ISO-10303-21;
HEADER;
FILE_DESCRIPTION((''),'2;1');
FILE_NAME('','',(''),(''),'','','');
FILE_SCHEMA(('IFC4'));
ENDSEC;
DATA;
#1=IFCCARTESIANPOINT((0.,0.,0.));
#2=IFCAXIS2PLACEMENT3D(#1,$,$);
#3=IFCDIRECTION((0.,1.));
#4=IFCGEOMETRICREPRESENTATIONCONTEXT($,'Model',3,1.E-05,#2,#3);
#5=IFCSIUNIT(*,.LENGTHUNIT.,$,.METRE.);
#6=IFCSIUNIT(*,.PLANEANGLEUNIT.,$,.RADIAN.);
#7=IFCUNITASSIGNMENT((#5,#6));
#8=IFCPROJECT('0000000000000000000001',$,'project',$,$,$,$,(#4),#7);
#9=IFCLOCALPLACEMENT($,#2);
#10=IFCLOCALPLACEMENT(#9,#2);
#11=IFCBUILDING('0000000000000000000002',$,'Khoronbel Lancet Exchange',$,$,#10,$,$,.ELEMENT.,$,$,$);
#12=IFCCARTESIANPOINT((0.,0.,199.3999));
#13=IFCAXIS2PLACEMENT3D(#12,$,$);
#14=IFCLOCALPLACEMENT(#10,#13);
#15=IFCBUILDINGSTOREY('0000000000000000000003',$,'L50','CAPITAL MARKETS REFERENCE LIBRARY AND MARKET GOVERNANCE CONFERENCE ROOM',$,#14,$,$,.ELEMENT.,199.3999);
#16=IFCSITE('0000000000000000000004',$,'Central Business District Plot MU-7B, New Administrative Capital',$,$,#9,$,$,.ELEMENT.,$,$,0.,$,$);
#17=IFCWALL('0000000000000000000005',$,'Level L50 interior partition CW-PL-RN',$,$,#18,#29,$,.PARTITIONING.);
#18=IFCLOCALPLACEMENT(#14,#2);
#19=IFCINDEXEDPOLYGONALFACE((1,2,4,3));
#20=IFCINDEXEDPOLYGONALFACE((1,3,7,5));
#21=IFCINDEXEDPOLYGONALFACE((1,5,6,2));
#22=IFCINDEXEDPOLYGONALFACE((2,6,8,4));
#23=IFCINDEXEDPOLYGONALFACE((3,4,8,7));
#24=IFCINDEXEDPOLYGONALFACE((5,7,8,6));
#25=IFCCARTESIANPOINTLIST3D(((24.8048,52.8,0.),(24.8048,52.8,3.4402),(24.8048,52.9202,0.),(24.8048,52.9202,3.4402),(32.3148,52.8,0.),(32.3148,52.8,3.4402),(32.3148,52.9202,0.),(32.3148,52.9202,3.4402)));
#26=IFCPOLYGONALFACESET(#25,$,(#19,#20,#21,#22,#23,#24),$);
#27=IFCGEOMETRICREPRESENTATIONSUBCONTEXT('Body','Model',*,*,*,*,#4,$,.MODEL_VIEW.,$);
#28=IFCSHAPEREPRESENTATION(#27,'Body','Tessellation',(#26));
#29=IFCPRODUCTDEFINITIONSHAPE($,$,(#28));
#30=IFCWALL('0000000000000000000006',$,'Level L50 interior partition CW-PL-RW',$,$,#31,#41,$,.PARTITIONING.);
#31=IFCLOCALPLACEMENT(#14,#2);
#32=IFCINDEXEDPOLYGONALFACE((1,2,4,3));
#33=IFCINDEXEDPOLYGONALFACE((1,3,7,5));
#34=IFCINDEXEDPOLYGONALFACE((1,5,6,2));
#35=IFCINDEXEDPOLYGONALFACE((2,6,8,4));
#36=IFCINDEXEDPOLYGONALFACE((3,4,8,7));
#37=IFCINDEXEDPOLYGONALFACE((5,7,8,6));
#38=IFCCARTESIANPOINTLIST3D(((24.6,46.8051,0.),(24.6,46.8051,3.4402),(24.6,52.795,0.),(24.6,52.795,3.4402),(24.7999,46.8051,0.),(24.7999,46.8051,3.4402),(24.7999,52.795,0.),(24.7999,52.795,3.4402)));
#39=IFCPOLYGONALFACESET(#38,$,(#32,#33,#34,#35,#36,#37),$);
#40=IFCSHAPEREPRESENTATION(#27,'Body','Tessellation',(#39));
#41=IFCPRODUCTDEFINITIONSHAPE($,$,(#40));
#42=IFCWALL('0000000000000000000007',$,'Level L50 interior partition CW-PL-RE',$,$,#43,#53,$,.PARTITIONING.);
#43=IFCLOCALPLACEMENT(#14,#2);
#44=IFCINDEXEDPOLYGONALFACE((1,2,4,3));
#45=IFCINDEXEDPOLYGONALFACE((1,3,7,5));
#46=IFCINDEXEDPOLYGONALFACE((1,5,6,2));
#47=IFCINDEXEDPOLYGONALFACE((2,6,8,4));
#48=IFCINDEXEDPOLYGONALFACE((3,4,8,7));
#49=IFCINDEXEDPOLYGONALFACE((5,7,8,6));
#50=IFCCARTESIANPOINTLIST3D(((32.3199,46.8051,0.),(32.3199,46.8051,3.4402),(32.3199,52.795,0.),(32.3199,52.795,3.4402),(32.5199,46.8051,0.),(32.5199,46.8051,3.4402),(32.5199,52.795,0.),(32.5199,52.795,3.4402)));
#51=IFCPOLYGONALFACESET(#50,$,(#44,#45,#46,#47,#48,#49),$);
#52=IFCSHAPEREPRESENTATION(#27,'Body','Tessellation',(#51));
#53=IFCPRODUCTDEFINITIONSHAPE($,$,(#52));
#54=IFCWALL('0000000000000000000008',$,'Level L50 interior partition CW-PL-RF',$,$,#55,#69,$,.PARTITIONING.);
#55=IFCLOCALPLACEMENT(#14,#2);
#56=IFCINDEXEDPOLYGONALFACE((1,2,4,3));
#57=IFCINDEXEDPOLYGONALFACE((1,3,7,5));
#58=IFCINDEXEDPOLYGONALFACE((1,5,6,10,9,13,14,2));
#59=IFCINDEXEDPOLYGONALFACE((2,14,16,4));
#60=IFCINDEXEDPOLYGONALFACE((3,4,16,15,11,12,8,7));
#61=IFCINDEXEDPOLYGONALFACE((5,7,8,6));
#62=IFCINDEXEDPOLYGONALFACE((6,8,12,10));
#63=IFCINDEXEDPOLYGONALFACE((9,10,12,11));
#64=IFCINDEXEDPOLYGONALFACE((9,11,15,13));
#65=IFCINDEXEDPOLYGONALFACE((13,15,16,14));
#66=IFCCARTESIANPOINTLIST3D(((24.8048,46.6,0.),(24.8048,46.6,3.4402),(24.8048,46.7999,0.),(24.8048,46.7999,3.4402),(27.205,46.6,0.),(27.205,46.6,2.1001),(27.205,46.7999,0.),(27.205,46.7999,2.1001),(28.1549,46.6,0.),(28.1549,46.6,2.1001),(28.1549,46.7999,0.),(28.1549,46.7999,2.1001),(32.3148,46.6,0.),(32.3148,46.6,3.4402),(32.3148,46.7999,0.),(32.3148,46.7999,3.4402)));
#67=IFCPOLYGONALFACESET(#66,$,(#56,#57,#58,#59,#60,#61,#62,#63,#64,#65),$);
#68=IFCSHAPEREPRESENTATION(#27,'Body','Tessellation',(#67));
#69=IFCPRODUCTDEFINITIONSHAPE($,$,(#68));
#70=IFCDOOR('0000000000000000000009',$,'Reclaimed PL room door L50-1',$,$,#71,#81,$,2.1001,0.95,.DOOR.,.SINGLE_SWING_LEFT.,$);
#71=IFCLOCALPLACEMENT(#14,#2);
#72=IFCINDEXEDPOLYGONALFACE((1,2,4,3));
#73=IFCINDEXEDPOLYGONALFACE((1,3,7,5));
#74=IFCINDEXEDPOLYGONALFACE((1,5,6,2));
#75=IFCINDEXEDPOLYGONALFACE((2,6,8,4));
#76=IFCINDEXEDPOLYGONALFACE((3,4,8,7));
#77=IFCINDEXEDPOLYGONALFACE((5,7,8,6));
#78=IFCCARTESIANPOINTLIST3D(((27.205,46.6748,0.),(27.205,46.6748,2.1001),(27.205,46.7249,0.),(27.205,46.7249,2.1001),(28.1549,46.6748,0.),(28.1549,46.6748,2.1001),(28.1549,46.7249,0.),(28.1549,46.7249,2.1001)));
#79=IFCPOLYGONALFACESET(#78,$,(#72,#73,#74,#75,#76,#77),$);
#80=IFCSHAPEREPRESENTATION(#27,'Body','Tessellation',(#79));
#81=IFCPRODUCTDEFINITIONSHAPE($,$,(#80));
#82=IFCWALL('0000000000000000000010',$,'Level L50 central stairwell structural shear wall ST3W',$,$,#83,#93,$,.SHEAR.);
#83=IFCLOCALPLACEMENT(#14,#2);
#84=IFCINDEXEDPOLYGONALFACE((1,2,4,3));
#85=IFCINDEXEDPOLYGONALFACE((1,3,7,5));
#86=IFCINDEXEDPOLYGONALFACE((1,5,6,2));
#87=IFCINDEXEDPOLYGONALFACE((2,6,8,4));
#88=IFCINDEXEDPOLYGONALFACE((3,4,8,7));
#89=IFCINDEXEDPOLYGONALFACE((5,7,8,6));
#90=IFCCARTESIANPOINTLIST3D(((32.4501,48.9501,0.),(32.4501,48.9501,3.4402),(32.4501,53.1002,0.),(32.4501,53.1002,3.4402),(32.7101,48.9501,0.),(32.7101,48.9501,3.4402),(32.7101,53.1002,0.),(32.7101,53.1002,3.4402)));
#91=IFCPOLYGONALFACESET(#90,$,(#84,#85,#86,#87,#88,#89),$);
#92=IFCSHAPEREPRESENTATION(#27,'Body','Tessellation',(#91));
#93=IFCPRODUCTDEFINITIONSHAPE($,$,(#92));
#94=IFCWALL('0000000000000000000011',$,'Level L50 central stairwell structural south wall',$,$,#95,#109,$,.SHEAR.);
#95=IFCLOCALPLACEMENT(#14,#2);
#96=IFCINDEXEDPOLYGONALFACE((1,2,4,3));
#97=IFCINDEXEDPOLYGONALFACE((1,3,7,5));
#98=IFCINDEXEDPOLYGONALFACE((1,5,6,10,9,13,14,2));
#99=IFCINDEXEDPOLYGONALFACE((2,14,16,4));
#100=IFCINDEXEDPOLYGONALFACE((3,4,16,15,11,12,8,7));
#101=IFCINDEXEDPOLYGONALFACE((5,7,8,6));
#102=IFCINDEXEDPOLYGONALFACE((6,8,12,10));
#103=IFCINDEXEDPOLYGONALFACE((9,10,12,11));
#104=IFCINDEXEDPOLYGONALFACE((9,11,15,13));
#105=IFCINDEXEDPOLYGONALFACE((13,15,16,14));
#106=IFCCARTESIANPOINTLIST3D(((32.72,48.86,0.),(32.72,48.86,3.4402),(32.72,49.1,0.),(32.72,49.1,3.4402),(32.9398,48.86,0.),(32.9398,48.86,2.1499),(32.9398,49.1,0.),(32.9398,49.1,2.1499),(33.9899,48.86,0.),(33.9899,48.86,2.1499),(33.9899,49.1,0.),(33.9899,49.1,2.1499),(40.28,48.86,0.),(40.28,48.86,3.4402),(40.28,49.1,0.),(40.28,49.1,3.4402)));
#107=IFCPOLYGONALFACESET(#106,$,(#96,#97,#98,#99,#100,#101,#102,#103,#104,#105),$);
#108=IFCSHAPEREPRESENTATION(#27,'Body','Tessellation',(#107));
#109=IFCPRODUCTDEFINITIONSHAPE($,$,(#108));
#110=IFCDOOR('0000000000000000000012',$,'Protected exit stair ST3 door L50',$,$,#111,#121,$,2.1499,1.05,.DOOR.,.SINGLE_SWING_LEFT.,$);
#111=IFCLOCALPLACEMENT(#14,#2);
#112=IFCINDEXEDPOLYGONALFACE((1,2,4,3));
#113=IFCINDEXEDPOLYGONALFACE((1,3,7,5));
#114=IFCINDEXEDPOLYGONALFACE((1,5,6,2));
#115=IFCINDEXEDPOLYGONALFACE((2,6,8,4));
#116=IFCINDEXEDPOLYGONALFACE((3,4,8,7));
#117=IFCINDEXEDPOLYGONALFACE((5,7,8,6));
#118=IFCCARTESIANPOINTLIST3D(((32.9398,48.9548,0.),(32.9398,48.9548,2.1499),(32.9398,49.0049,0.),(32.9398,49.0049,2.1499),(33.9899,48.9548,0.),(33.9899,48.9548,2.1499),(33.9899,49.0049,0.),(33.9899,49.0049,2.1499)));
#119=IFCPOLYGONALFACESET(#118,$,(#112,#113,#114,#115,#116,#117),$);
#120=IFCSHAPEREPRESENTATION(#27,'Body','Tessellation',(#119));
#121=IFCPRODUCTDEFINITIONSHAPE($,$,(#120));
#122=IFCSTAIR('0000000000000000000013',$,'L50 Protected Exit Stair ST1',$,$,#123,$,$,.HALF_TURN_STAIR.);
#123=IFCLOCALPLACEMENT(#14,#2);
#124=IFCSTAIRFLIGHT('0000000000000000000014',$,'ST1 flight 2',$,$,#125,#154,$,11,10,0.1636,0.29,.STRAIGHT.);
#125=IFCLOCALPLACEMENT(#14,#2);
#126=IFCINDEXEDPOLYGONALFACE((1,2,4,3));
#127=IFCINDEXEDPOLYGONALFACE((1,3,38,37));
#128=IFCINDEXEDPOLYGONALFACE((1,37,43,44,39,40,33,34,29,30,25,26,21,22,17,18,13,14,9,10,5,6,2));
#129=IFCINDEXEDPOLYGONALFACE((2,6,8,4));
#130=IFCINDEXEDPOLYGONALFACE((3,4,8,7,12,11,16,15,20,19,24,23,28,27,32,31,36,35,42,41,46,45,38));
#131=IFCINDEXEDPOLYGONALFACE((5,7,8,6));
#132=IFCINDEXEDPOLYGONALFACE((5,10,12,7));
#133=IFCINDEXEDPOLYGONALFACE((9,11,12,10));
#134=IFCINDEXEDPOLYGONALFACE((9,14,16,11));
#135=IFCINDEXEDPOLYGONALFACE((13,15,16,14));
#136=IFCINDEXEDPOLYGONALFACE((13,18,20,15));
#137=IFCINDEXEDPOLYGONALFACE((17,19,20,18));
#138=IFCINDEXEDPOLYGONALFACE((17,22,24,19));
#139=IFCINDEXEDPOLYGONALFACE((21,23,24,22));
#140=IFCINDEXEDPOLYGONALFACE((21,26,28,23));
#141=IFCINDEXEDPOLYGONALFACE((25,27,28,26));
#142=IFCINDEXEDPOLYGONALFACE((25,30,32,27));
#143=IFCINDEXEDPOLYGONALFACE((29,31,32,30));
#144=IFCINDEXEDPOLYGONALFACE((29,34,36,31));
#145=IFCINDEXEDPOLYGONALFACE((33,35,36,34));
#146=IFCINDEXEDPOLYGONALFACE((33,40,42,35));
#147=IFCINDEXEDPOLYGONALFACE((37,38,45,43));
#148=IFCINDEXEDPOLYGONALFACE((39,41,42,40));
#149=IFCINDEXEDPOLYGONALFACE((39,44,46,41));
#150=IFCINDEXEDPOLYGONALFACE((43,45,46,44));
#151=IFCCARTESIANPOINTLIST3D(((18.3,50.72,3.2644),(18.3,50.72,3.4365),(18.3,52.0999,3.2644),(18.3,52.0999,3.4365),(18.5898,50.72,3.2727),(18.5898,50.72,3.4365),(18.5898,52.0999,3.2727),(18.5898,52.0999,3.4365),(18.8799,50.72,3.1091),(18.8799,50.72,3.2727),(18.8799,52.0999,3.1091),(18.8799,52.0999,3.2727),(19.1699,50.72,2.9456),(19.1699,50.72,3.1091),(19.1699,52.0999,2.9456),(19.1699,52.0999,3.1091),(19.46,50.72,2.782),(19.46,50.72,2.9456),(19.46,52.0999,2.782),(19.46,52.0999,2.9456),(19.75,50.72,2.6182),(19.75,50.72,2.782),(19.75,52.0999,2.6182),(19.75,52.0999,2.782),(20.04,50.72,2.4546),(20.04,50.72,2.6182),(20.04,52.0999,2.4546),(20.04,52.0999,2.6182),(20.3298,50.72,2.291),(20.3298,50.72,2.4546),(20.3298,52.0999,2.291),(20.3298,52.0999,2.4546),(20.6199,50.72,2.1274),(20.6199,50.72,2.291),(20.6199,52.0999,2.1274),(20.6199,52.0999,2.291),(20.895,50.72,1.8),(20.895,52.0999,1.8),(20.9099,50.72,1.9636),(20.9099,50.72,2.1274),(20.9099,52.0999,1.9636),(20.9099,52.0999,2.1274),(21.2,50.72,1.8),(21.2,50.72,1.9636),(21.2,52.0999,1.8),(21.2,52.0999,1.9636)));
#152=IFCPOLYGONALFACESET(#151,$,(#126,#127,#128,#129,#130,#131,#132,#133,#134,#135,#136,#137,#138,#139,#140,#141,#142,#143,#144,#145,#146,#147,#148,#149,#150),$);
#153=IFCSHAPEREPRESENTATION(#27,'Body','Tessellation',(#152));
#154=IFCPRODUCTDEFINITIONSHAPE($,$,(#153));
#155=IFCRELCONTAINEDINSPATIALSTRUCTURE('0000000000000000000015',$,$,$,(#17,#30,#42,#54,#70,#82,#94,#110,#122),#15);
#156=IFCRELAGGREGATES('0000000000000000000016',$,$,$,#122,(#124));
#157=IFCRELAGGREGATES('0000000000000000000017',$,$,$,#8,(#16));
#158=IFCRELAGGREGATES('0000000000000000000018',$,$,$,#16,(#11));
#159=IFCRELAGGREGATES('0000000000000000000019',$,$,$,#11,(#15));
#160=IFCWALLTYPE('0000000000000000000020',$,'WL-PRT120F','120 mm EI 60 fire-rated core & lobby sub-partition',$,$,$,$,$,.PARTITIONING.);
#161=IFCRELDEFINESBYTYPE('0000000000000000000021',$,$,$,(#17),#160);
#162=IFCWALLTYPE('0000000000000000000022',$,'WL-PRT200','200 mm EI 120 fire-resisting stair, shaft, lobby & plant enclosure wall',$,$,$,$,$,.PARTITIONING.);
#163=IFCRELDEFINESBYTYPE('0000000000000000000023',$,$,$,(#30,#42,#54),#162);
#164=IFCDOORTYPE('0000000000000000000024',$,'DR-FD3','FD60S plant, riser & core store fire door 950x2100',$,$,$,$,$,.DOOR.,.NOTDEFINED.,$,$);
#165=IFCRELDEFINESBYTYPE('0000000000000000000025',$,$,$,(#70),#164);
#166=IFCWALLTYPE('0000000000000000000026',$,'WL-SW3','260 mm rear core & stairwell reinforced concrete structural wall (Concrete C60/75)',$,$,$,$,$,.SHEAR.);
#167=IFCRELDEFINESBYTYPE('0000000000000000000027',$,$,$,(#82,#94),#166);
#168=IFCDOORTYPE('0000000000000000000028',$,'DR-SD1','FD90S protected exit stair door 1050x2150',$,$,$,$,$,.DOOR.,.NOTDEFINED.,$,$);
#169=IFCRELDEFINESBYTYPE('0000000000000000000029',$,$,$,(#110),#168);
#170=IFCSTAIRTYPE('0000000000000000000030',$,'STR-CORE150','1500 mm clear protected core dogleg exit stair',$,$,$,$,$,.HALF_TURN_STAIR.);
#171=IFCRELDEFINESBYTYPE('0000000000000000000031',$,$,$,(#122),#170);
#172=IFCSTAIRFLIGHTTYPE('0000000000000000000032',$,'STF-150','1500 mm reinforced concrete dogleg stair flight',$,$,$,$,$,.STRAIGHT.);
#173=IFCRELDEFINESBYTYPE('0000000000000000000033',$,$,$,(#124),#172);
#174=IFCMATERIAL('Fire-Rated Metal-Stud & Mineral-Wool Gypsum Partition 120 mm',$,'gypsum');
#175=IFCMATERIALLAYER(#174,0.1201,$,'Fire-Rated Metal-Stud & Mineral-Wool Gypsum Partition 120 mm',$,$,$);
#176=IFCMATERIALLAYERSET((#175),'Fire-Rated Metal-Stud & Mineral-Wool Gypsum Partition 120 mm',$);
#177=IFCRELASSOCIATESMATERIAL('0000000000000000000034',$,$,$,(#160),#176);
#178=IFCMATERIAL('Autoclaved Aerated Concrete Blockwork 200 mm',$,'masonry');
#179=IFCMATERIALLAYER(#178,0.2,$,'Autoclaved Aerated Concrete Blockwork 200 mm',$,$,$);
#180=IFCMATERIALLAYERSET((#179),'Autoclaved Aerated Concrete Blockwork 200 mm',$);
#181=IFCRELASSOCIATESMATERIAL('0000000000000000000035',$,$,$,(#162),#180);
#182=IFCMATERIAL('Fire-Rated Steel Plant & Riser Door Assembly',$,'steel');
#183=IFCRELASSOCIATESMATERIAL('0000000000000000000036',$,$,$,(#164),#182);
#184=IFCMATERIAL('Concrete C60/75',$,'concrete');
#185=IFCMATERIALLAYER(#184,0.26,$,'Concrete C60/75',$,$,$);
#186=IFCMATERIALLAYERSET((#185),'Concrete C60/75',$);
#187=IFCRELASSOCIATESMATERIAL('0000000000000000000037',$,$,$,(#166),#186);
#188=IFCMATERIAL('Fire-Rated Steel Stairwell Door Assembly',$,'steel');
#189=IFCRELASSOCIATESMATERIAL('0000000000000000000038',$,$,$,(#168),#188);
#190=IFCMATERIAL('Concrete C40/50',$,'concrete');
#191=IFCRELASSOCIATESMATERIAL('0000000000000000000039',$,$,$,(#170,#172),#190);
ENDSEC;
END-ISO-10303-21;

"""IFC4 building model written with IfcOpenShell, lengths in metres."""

from ifc_helpers import new_model, si_unit, direction, frame, frame_2d, origin, place, context, subcontext, project, spatial, polyline, rectangle, outline, extrude, material, layer, layer_set, type_object, element, fill, aggregate, save


model = new_model("IFC4")

# Units and contexts
model_context = context("Model", 3, precision=1e-05, world=origin(), true_north=direction((0.0, 1.0)))
body_context = subcontext(model_context, "Body", "Model", "MODEL_VIEW")
ifc_project = project(units=[si_unit("LENGTHUNIT", "METRE"), si_unit("PLANEANGLEUNIT", "RADIAN")], contexts=[model_context])

# Site, building, storey
site_placement = place(None, origin())
site = spatial("IfcSite", under=ifc_project, at=site_placement, Name="Central Business District Plot MU-7B, New Administrative Capital", CompositionType="ELEMENT", RefElevation=0.0)
building_placement = place(site_placement, origin())
building = spatial("IfcBuilding", under=site, at=building_placement, Name="Khoronbel Lancet Exchange", CompositionType="ELEMENT")
storey_placement = place(building_placement, frame((0.0, 0.0, 199.3999)))
storey = spatial("IfcBuildingStorey", under=building, at=storey_placement, Name="L50", Description="CAPITAL MARKETS REFERENCE LIBRARY AND MARKET GOVERNANCE CONFERENCE ROOM", CompositionType="ELEMENT", Elevation=199.3999)

# Walls
ifc_material_1 = material(Name="Fire-Rated Metal-Stud & Mineral-Wool Gypsum Partition 120 mm", Category="gypsum")
ifc_layer_1 = layer(ifc_material_1, 0.1201, Name="Fire-Rated Metal-Stud & Mineral-Wool Gypsum Partition 120 mm")
ifc_layer_set_1 = layer_set([ifc_layer_1], Name="Fire-Rated Metal-Stud & Mineral-Wool Gypsum Partition 120 mm")
wall_type_1 = type_object("IfcWallType", Name="WL-PRT120F", Description="120 mm EI 60 fire-rated core & lobby sub-partition", PredefinedType="PARTITIONING", material=ifc_layer_set_1)
wall_1_placement = place(storey_placement, frame((24.8049, 52.8601, 0.0), z_axis=(0.0, 0.0, 1.0), x_axis=(1.0, 0.0, 0.0)))
element("IfcWall", 1, at=wall_1_placement, inside=storey, type_object=wall_type_1, Name="Level L50 interior partition CW-PL-RN", PredefinedType="PARTITIONING", context=body_context, shape_type="SweptSolid", body=[
    extrude(rectangle(XDim=7.51, YDim=0.1201, at=frame_2d((3.7549, 0.0))), origin(), (0.0, 0.0, 1.0), 3.4402),
])
ifc_material_2 = material(Name="Autoclaved Aerated Concrete Blockwork 200 mm", Category="masonry")
ifc_layer_2 = layer(ifc_material_2, 0.2, Name="Autoclaved Aerated Concrete Blockwork 200 mm")
ifc_layer_set_2 = layer_set([ifc_layer_2], Name="Autoclaved Aerated Concrete Blockwork 200 mm")
wall_type_2 = type_object("IfcWallType", Name="WL-PRT200", Description="200 mm EI 120 fire-resisting stair, shaft, lobby & plant enclosure wall", PredefinedType="PARTITIONING", material=ifc_layer_set_2)
for number, where, z_axis, x_axis, name in (
    (2, (24.7, 46.8049, 0.0), (0.0, 0.0, 1.0), (0.0, 1.0, 0.0), "Level L50 interior partition CW-PL-RW"),
    (3, (32.4199, 46.8049, 0.0), (0.0, 0.0, 1.0), (0.0, 1.0, 0.0), "Level L50 interior partition CW-PL-RE"),
):
    element("IfcWall", number, at=place(storey_placement, frame(where, z_axis=z_axis, x_axis=x_axis)), inside=storey, type_object=wall_type_2, Name=name, PredefinedType="PARTITIONING", context=body_context, shape_type="SweptSolid", body=[
        extrude(rectangle(XDim=5.99, YDim=0.2, at=frame_2d((2.9951, 0.0))), origin(), (0.0, 0.0, 1.0), 3.4402),
    ])

# Wall, opening, door
wall_2_placement = place(storey_placement, frame((24.8049, 46.7, 0.0), z_axis=(0.0, 0.0, 1.0), x_axis=(1.0, 0.0, 0.0)))
wall_2 = element("IfcWall", 4, at=wall_2_placement, inside=storey, type_object=wall_type_2, Name="Level L50 interior partition CW-PL-RF", PredefinedType="PARTITIONING", context=body_context, shape_type="SweptSolid", body=[
    extrude(rectangle(XDim=7.51, YDim=0.2, at=frame_2d((3.7549, 0.0))), origin(), (0.0, 0.0, 1.0), 3.4402),
])
opening_1_placement = place(wall_2_placement, frame((2.3999, 0.0, 0.0)))
opening_1 = element("IfcOpeningElement", 5, at=opening_1_placement, cuts=wall_2, PredefinedType="OPENING", context=body_context, shape_type="SweptSolid", body=[
    extrude(rectangle(XDim=0.95, YDim=2.1001, at=frame_2d((0.4751, 1.05))), frame((0.0, 0.1099, 0.0), z_axis=(0.0, -1.0, 0.0), x_axis=(1.0, 0.0, 0.0)), (0.0, 0.0, 1.0), 0.22),
])
ifc_material_3 = material(Name="Fire-Rated Steel Plant & Riser Door Assembly", Category="steel")
door_type_1 = type_object("IfcDoorType", Name="DR-FD3", Description="FD60S plant, riser & core store fire door 950x2100", OperationType="NOTDEFINED", PredefinedType="DOOR", material=ifc_material_3)
door_1_placement = place(opening_1_placement, origin())
door_1 = element("IfcDoor", 6, at=door_1_placement, inside=storey, type_object=door_type_1, Name="Reclaimed PL room door L50-1", OperationType="SINGLE_SWING_LEFT", OverallHeight=2.1001, OverallWidth=0.95, PredefinedType="DOOR", context=body_context, shape_type="SweptSolid", body=[
    extrude(rectangle(XDim=0.95, YDim=2.1001, at=frame_2d((0.4751, 1.05))), frame((0.0, 0.0249, 0.0), z_axis=(0.0, -1.0, 0.0), x_axis=(1.0, 0.0, 0.0)), (0.0, 0.0, 1.0), 0.05),
])
fill(opening_1, door_1)

# Wall
ifc_material_4 = material(Name="Concrete C60/75", Category="concrete")
ifc_layer_3 = layer(ifc_material_4, 0.26, Name="Concrete C60/75")
ifc_layer_set_3 = layer_set([ifc_layer_3], Name="Concrete C60/75")
wall_type_3 = type_object("IfcWallType", Name="WL-SW3", Description="260 mm rear core & stairwell reinforced concrete structural wall (Concrete C60/75)", PredefinedType="SHEAR", material=ifc_layer_set_3)
wall_3_placement = place(storey_placement, frame((32.5801, 48.95, 0.0), z_axis=(0.0, 0.0, 1.0), x_axis=(0.0, 1.0, 0.0)))
element("IfcWall", 7, at=wall_3_placement, inside=storey, type_object=wall_type_3, Name="Level L50 central stairwell structural shear wall ST3W", PredefinedType="SHEAR", context=body_context, shape_type="SweptSolid", body=[
    extrude(rectangle(XDim=4.1501, YDim=0.26, at=frame_2d((2.0752, 0.0))), origin(), (0.0, 0.0, 1.0), 3.4402),
])

# Wall, opening, door
wall_4_placement = place(storey_placement, frame((32.72, 48.98, 0.0), z_axis=(0.0, 0.0, 1.0), x_axis=(1.0, 0.0, 0.0)))
wall_4 = element("IfcWall", 8, at=wall_4_placement, inside=storey, type_object=wall_type_3, Name="Level L50 central stairwell structural south wall", PredefinedType="SHEAR", context=body_context, shape_type="SweptSolid", body=[
    extrude(rectangle(XDim=7.5601, YDim=0.24, at=frame_2d((3.78, 0.0))), origin(), (0.0, 0.0, 1.0), 3.4402),
])
opening_2_placement = place(wall_4_placement, frame((0.22, 0.0, 0.0)))
opening_2 = element("IfcOpeningElement", 9, at=opening_2_placement, cuts=wall_4, PredefinedType="OPENING", context=body_context, shape_type="SweptSolid", body=[
    extrude(rectangle(XDim=1.05, YDim=2.1499, at=frame_2d((0.5249, 1.075))), frame((0.0, 0.1299, 0.0), z_axis=(0.0, -1.0, 0.0), x_axis=(1.0, 0.0, 0.0)), (0.0, 0.0, 1.0), 0.26),
])
ifc_material_5 = material(Name="Fire-Rated Steel Stairwell Door Assembly", Category="steel")
door_type_2 = type_object("IfcDoorType", Name="DR-SD1", Description="FD90S protected exit stair door 1050x2150", OperationType="NOTDEFINED", PredefinedType="DOOR", material=ifc_material_5)
door_2_placement = place(opening_2_placement, origin())
door_2 = element("IfcDoor", 10, at=door_2_placement, inside=storey, type_object=door_type_2, Name="Protected exit stair ST3 door L50", OperationType="SINGLE_SWING_LEFT", OverallHeight=2.1499, OverallWidth=1.05, PredefinedType="DOOR", context=body_context, shape_type="SweptSolid", body=[
    extrude(rectangle(XDim=1.05, YDim=2.1499, at=frame_2d((0.5249, 1.075))), frame((0.0, 0.0249, 0.0), z_axis=(0.0, -1.0, 0.0), x_axis=(1.0, 0.0, 0.0)), (0.0, 0.0, 1.0), 0.05),
])
fill(opening_2, door_2)

# Stair, stair flight
ifc_material_6 = material(Name="Concrete C40/50", Category="concrete")
stair_type = type_object("IfcStairType", Name="STR-CORE150", Description="1500 mm clear protected core dogleg exit stair", PredefinedType="HALF_TURN_STAIR", material=ifc_material_6)
stair_placement = place(storey_placement, origin())
stair = element("IfcStair", 11, at=stair_placement, inside=storey, type_object=stair_type, Name="L50 Protected Exit Stair ST1", PredefinedType="HALF_TURN_STAIR")
stair_flight_type = type_object("IfcStairFlightType", Name="STF-150", Description="1500 mm reinforced concrete dogleg stair flight", PredefinedType="STRAIGHT", material=ifc_material_6)
stair_flight_placement = place(storey_placement, frame((21.2, 51.4099, 1.8), z_axis=(0.0, 0.0, 1.0), x_axis=(-1.0, 0.0, 0.0)))
stair_flight = element("IfcStairFlight", 12, at=stair_flight_placement, type_object=stair_flight_type, Name="ST1 flight 2", NumberOfRisers=11, NumberOfTreads=10, PredefinedType="STRAIGHT", RiserHeight=0.1636, TreadLength=0.29, context=body_context, shape_type="SweptSolid", body=[
    extrude(outline(polyline([(0.0, 0.0), (0.0, 0.1636), (0.29, 0.1636), (0.29, 0.3274), (0.5801, 0.3274), (0.5801, 0.491), (0.8701, 0.491), (0.8701, 0.6545), (1.1599, 0.6545), (1.1599, 0.8181), (1.45, 0.8181), (1.45, 0.9819), (1.74, 0.9819), (1.74, 1.1455), (2.03, 1.1455), (2.03, 1.3091), (2.3201, 1.3091), (2.3201, 1.4727), (2.6101, 1.4727), (2.6101, 1.6365), (2.8999, 1.6365), (2.8999, 1.8), (2.8999, 1.4644), (0.3049, 0.0), (0.0, 0.0)])), frame((0.0, 0.6899, 0.0), z_axis=(0.0, -1.0, 0.0), x_axis=(1.0, 0.0, 0.0)), (0.0, 0.0, 1.0), 1.3799),
])
aggregate(stair, [stair_flight])

save(model, "model.ifc")
